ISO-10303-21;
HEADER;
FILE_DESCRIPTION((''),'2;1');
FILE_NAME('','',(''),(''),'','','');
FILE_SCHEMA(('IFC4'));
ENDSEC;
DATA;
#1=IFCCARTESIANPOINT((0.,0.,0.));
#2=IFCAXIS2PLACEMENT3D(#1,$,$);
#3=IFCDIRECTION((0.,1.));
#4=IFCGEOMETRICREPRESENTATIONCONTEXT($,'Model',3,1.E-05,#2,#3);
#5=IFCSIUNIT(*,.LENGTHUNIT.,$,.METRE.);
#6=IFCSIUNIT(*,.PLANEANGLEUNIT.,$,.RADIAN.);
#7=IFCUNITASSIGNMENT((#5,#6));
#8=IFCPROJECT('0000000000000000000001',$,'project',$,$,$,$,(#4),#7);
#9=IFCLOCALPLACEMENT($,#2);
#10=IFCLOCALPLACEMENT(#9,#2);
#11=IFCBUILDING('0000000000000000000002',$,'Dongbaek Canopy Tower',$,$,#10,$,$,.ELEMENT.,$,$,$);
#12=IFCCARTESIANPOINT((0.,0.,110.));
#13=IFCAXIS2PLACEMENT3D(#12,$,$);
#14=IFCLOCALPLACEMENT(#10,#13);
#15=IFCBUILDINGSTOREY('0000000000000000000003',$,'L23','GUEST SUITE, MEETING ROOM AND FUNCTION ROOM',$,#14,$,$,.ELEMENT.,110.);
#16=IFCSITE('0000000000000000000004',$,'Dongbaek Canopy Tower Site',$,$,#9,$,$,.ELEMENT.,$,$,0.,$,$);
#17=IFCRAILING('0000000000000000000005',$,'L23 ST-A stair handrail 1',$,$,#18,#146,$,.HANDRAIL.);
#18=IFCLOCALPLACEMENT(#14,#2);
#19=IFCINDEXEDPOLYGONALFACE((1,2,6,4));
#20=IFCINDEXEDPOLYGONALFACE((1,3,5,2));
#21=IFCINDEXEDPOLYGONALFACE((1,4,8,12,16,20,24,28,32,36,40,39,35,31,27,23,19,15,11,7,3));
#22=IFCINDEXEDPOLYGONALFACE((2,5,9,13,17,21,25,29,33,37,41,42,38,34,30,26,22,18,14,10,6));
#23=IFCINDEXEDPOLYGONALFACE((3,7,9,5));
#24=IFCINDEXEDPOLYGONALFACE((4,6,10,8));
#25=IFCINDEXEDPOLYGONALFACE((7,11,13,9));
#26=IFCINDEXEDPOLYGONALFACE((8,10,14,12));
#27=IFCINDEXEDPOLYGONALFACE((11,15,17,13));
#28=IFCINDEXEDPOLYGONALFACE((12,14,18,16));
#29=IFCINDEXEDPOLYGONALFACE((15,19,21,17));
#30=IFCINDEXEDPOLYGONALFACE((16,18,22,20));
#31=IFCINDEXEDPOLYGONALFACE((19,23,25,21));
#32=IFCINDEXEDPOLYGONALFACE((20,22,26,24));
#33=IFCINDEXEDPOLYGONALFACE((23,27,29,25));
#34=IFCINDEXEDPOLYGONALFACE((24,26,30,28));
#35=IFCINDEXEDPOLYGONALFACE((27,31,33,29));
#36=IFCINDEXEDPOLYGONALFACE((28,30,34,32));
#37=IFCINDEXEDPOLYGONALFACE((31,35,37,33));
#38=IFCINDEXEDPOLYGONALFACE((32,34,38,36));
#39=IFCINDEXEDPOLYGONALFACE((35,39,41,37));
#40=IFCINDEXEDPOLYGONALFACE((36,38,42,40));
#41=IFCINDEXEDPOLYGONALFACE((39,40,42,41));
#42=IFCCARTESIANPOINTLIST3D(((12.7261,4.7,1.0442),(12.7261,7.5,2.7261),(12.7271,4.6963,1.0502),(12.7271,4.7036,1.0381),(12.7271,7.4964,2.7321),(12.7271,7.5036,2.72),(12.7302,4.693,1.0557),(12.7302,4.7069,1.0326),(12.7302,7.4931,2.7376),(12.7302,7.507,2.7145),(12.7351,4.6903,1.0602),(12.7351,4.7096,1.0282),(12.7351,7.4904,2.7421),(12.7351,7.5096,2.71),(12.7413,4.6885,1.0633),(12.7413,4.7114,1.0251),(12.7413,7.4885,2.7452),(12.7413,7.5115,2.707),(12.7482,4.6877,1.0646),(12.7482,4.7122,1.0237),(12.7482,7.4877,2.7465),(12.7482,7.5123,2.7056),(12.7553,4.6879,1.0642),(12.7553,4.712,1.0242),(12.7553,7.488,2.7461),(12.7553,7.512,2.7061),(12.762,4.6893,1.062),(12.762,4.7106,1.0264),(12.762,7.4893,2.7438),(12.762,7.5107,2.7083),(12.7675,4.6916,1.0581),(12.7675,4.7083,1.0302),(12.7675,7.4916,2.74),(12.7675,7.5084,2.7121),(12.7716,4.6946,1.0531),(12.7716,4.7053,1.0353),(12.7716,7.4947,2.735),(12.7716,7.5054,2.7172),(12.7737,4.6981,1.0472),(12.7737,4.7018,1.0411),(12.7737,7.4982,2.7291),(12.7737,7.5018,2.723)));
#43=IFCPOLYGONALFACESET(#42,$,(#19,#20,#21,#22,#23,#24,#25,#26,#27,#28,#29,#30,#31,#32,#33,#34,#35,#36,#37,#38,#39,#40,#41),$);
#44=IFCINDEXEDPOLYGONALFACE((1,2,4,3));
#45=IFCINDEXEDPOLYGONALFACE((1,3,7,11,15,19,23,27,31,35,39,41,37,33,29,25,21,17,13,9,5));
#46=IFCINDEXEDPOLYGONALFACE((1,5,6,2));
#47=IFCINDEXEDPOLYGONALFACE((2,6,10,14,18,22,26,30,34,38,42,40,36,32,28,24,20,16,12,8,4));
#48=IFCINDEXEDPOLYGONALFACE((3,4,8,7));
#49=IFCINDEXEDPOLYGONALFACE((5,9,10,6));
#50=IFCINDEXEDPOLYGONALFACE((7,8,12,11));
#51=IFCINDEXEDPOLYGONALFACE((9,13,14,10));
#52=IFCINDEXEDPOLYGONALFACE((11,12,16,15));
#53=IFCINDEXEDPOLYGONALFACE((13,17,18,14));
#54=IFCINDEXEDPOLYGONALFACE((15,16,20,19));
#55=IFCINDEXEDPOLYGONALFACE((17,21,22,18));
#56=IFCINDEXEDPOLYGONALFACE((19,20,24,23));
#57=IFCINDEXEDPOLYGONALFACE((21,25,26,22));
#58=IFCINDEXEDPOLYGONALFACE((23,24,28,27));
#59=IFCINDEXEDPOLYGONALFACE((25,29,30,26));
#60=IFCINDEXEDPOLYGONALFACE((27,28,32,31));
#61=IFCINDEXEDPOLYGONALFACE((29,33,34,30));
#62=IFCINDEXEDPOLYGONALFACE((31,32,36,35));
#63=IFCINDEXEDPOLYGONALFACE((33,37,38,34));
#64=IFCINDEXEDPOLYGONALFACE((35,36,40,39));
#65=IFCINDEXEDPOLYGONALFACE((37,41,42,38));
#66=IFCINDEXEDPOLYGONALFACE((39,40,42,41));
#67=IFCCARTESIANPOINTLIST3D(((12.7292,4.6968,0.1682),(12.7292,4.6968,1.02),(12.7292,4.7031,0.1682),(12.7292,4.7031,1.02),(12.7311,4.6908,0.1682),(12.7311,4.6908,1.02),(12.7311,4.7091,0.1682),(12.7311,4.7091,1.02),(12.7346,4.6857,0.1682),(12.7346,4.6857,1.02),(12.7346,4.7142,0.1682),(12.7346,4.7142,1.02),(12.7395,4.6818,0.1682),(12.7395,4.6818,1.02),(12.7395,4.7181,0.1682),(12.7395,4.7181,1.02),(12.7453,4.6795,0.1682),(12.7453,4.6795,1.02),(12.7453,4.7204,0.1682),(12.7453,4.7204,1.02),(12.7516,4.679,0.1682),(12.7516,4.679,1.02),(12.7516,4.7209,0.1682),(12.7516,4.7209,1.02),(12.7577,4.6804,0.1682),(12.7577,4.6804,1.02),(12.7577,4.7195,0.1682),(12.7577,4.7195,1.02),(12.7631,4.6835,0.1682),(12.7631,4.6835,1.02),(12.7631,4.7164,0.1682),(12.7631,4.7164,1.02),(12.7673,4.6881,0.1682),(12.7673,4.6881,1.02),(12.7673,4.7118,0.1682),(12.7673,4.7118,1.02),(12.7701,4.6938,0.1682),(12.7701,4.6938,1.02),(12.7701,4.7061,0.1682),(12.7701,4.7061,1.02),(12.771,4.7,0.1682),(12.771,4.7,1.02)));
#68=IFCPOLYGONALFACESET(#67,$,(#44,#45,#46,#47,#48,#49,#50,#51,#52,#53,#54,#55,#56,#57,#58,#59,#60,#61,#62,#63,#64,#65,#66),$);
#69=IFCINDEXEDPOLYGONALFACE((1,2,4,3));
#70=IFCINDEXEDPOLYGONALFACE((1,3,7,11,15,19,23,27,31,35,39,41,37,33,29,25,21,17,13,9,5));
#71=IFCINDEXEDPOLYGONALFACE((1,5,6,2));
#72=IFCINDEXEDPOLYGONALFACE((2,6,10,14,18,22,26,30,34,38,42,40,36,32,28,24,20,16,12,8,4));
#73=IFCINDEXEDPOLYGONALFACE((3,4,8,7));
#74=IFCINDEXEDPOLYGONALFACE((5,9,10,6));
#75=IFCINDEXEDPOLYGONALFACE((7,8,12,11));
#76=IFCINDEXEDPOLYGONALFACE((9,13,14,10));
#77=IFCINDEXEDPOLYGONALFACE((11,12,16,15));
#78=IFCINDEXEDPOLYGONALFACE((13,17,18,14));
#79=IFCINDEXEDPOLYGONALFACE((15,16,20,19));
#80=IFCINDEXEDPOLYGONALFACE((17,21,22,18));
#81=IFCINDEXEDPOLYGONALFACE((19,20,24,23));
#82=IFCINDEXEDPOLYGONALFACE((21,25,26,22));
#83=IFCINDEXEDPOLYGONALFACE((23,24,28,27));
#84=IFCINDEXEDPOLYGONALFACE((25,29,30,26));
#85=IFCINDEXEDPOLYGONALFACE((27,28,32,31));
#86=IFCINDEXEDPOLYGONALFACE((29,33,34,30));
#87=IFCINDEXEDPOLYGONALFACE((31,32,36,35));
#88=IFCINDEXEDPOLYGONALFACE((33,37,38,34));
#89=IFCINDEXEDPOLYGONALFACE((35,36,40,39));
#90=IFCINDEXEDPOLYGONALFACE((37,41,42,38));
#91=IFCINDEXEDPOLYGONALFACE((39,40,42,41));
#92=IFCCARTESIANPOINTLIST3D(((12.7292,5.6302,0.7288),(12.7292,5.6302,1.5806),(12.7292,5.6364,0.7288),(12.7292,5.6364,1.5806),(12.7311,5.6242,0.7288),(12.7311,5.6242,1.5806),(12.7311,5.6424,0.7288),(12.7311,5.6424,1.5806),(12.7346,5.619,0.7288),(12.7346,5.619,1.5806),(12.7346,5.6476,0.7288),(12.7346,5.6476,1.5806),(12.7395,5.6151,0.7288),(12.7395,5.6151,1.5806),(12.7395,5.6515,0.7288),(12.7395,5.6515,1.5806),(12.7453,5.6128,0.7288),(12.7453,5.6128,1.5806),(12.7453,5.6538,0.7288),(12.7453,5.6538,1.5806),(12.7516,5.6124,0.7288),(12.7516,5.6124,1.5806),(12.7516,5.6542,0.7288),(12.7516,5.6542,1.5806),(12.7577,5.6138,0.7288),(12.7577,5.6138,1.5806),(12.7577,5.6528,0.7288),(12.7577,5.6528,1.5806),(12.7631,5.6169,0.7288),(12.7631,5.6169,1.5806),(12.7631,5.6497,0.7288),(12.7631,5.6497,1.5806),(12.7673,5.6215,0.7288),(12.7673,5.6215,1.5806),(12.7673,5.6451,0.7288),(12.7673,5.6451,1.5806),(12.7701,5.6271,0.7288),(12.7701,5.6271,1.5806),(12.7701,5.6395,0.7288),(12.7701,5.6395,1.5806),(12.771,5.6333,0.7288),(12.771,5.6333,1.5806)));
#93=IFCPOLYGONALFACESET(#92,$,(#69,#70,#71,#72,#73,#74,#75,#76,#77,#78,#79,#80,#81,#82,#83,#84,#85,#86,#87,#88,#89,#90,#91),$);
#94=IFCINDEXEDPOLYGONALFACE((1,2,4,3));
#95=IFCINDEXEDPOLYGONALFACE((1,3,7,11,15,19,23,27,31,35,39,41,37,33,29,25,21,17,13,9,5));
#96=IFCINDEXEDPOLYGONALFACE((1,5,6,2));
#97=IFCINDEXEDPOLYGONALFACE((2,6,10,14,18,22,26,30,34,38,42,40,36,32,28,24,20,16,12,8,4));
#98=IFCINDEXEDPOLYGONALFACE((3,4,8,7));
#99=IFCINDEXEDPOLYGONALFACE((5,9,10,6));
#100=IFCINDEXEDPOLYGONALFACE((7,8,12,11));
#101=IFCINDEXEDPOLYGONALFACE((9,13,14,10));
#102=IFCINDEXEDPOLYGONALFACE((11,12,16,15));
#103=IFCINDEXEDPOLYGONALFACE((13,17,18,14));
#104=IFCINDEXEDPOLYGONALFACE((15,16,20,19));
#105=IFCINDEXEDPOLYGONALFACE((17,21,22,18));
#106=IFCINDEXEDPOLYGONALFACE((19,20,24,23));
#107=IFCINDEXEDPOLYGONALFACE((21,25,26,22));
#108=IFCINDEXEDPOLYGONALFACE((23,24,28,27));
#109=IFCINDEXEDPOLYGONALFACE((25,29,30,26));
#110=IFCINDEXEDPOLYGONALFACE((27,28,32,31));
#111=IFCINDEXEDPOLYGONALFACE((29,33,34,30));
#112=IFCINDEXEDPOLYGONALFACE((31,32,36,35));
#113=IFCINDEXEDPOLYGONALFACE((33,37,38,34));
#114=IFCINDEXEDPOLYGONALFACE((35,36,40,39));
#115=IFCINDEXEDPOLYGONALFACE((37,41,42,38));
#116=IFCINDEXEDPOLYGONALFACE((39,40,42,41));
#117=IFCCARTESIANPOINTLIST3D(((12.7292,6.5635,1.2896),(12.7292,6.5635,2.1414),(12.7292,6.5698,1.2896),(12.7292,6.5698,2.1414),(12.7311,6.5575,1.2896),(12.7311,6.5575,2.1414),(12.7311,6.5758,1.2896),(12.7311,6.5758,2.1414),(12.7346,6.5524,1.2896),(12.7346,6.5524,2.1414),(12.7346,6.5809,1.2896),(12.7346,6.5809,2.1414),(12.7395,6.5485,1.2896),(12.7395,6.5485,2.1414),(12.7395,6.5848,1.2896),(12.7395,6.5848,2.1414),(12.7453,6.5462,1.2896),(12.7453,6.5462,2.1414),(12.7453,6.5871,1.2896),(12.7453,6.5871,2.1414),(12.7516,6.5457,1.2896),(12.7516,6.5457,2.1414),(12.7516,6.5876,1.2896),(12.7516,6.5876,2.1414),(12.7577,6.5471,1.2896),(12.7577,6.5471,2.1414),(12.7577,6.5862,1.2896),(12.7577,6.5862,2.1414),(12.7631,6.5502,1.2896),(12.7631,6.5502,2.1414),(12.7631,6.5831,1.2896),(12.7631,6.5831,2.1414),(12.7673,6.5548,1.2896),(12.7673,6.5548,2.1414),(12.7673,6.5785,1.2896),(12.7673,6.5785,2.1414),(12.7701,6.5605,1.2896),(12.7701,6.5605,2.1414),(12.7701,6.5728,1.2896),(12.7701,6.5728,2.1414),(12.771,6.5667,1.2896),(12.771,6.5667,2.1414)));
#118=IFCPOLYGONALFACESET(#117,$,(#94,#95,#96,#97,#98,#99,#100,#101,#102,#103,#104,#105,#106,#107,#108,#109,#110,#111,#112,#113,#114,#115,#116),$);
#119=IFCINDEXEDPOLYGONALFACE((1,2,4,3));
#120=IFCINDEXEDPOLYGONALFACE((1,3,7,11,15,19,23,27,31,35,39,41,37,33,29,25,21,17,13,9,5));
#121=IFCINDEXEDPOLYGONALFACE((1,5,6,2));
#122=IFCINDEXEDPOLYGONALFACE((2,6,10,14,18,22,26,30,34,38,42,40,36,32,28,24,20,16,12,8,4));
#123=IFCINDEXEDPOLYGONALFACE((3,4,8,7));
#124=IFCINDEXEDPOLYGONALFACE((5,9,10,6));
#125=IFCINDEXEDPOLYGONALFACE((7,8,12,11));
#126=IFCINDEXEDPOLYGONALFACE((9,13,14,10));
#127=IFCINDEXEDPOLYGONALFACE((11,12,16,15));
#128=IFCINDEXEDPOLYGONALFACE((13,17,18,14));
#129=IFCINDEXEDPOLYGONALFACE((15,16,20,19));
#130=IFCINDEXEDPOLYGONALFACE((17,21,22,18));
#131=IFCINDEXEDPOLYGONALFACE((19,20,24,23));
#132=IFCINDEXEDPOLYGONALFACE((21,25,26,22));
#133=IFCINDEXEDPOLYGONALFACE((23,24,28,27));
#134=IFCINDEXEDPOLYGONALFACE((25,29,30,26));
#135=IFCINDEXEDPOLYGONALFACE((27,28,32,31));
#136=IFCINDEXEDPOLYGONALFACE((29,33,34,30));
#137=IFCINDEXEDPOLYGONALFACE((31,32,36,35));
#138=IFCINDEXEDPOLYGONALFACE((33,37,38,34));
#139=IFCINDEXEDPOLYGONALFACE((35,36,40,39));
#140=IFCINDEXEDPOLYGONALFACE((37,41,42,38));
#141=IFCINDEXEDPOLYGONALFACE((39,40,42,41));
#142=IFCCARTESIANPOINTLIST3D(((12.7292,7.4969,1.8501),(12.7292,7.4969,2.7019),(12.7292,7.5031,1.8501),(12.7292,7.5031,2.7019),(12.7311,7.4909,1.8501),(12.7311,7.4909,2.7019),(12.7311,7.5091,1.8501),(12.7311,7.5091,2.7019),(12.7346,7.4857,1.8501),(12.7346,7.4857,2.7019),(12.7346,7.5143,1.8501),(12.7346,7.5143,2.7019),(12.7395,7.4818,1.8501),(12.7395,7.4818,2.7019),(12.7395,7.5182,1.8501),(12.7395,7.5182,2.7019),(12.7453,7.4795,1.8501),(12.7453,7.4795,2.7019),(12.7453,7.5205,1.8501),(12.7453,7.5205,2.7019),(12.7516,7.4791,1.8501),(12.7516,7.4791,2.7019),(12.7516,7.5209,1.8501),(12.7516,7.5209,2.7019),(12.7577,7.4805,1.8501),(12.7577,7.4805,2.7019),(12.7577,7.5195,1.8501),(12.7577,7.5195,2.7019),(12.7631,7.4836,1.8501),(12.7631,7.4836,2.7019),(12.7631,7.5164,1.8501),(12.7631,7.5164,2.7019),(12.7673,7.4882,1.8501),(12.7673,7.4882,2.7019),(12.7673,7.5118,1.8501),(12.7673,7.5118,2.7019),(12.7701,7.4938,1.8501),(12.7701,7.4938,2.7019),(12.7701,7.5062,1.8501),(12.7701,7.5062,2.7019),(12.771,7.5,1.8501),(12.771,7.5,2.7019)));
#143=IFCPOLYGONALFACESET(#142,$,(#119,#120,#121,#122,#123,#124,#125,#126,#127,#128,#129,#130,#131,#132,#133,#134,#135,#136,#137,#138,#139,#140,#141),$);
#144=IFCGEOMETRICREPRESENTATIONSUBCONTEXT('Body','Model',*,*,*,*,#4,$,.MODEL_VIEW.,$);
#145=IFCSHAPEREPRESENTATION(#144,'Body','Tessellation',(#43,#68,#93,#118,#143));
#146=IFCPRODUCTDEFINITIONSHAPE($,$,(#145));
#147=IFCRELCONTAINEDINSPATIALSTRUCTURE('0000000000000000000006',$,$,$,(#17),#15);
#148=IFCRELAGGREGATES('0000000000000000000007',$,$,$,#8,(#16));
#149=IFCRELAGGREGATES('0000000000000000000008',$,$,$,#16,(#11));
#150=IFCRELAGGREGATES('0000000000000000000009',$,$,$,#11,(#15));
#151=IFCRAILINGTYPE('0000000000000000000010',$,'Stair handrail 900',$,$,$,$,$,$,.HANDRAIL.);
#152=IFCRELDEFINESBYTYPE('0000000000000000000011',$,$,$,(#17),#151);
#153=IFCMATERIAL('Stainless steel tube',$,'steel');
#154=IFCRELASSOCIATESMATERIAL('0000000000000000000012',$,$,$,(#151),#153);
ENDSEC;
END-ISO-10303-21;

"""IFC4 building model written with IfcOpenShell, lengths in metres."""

from ifc_helpers import new_model, si_unit, direction, frame, origin, origin_2d, place, context, subcontext, project, spatial, circle, extrude, material, type_object, element, save


model = new_model("IFC4")

# Units and contexts
model_context = context("Model", 3, precision=1e-05, world=origin(), true_north=direction((0.0, 1.0)))
body_context = subcontext(model_context, "Body", "Model", "MODEL_VIEW")
ifc_project = project(units=[si_unit("LENGTHUNIT", "METRE"), si_unit("PLANEANGLEUNIT", "RADIAN")], contexts=[model_context])

# Site, building, storey
site_placement = place(None, origin())
site = spatial("IfcSite", under=ifc_project, at=site_placement, Name="Dongbaek Canopy Tower Site", CompositionType="ELEMENT", RefElevation=0.0)
building_placement = place(site_placement, origin())
building = spatial("IfcBuilding", under=site, at=building_placement, Name="Dongbaek Canopy Tower", CompositionType="ELEMENT")
storey_placement = place(building_placement, frame((0.0, 0.0, 110.0)))
storey = spatial("IfcBuildingStorey", under=building, at=storey_placement, Name="L23", Description="GUEST SUITE, MEETING ROOM AND FUNCTION ROOM", CompositionType="ELEMENT", Elevation=110.0)

# Railing
ifc_material_1 = material(Name="Stainless steel tube", Category="steel")
railing_type_1 = type_object("IfcRailingType", Name="Stair handrail 900", PredefinedType="HANDRAIL", material=ifc_material_1)
railing_1_placement = place(storey_placement, frame((12.75, 4.7, 0.1682)))
element("IfcRailing", 1, at=railing_1_placement, inside=storey, type_object=railing_type_1, Name="L23 ST-A stair handrail 1", PredefinedType="HANDRAIL", context=body_context, shape_type="SweptSolid", body=[
    extrude(circle(Radius=0.0239, at=origin_2d()), frame((0.0, 0.0, 0.876), z_axis=(0.0, 0.857242, 0.514913), x_axis=(-1.0, 0.0, 0.0)), (0.0, 0.0, 1.0), 3.2664),
    extrude(circle(Radius=0.021, at=origin_2d()), origin(), (0.0, 0.0, 1.0), 0.8518),
    extrude(circle(Radius=0.021, at=origin_2d()), frame((0.0, 0.9333, 0.5605)), (0.0, 0.0, 1.0), 0.8518),
    extrude(circle(Radius=0.021, at=origin_2d()), frame((0.0, 1.8667, 1.1213)), (0.0, 0.0, 1.0), 0.8518),
    extrude(circle(Radius=0.021, at=origin_2d()), frame((0.0, 2.8, 1.6819)), (0.0, 0.0, 1.0), 0.8518),
])

save(model, "model.ifc")
